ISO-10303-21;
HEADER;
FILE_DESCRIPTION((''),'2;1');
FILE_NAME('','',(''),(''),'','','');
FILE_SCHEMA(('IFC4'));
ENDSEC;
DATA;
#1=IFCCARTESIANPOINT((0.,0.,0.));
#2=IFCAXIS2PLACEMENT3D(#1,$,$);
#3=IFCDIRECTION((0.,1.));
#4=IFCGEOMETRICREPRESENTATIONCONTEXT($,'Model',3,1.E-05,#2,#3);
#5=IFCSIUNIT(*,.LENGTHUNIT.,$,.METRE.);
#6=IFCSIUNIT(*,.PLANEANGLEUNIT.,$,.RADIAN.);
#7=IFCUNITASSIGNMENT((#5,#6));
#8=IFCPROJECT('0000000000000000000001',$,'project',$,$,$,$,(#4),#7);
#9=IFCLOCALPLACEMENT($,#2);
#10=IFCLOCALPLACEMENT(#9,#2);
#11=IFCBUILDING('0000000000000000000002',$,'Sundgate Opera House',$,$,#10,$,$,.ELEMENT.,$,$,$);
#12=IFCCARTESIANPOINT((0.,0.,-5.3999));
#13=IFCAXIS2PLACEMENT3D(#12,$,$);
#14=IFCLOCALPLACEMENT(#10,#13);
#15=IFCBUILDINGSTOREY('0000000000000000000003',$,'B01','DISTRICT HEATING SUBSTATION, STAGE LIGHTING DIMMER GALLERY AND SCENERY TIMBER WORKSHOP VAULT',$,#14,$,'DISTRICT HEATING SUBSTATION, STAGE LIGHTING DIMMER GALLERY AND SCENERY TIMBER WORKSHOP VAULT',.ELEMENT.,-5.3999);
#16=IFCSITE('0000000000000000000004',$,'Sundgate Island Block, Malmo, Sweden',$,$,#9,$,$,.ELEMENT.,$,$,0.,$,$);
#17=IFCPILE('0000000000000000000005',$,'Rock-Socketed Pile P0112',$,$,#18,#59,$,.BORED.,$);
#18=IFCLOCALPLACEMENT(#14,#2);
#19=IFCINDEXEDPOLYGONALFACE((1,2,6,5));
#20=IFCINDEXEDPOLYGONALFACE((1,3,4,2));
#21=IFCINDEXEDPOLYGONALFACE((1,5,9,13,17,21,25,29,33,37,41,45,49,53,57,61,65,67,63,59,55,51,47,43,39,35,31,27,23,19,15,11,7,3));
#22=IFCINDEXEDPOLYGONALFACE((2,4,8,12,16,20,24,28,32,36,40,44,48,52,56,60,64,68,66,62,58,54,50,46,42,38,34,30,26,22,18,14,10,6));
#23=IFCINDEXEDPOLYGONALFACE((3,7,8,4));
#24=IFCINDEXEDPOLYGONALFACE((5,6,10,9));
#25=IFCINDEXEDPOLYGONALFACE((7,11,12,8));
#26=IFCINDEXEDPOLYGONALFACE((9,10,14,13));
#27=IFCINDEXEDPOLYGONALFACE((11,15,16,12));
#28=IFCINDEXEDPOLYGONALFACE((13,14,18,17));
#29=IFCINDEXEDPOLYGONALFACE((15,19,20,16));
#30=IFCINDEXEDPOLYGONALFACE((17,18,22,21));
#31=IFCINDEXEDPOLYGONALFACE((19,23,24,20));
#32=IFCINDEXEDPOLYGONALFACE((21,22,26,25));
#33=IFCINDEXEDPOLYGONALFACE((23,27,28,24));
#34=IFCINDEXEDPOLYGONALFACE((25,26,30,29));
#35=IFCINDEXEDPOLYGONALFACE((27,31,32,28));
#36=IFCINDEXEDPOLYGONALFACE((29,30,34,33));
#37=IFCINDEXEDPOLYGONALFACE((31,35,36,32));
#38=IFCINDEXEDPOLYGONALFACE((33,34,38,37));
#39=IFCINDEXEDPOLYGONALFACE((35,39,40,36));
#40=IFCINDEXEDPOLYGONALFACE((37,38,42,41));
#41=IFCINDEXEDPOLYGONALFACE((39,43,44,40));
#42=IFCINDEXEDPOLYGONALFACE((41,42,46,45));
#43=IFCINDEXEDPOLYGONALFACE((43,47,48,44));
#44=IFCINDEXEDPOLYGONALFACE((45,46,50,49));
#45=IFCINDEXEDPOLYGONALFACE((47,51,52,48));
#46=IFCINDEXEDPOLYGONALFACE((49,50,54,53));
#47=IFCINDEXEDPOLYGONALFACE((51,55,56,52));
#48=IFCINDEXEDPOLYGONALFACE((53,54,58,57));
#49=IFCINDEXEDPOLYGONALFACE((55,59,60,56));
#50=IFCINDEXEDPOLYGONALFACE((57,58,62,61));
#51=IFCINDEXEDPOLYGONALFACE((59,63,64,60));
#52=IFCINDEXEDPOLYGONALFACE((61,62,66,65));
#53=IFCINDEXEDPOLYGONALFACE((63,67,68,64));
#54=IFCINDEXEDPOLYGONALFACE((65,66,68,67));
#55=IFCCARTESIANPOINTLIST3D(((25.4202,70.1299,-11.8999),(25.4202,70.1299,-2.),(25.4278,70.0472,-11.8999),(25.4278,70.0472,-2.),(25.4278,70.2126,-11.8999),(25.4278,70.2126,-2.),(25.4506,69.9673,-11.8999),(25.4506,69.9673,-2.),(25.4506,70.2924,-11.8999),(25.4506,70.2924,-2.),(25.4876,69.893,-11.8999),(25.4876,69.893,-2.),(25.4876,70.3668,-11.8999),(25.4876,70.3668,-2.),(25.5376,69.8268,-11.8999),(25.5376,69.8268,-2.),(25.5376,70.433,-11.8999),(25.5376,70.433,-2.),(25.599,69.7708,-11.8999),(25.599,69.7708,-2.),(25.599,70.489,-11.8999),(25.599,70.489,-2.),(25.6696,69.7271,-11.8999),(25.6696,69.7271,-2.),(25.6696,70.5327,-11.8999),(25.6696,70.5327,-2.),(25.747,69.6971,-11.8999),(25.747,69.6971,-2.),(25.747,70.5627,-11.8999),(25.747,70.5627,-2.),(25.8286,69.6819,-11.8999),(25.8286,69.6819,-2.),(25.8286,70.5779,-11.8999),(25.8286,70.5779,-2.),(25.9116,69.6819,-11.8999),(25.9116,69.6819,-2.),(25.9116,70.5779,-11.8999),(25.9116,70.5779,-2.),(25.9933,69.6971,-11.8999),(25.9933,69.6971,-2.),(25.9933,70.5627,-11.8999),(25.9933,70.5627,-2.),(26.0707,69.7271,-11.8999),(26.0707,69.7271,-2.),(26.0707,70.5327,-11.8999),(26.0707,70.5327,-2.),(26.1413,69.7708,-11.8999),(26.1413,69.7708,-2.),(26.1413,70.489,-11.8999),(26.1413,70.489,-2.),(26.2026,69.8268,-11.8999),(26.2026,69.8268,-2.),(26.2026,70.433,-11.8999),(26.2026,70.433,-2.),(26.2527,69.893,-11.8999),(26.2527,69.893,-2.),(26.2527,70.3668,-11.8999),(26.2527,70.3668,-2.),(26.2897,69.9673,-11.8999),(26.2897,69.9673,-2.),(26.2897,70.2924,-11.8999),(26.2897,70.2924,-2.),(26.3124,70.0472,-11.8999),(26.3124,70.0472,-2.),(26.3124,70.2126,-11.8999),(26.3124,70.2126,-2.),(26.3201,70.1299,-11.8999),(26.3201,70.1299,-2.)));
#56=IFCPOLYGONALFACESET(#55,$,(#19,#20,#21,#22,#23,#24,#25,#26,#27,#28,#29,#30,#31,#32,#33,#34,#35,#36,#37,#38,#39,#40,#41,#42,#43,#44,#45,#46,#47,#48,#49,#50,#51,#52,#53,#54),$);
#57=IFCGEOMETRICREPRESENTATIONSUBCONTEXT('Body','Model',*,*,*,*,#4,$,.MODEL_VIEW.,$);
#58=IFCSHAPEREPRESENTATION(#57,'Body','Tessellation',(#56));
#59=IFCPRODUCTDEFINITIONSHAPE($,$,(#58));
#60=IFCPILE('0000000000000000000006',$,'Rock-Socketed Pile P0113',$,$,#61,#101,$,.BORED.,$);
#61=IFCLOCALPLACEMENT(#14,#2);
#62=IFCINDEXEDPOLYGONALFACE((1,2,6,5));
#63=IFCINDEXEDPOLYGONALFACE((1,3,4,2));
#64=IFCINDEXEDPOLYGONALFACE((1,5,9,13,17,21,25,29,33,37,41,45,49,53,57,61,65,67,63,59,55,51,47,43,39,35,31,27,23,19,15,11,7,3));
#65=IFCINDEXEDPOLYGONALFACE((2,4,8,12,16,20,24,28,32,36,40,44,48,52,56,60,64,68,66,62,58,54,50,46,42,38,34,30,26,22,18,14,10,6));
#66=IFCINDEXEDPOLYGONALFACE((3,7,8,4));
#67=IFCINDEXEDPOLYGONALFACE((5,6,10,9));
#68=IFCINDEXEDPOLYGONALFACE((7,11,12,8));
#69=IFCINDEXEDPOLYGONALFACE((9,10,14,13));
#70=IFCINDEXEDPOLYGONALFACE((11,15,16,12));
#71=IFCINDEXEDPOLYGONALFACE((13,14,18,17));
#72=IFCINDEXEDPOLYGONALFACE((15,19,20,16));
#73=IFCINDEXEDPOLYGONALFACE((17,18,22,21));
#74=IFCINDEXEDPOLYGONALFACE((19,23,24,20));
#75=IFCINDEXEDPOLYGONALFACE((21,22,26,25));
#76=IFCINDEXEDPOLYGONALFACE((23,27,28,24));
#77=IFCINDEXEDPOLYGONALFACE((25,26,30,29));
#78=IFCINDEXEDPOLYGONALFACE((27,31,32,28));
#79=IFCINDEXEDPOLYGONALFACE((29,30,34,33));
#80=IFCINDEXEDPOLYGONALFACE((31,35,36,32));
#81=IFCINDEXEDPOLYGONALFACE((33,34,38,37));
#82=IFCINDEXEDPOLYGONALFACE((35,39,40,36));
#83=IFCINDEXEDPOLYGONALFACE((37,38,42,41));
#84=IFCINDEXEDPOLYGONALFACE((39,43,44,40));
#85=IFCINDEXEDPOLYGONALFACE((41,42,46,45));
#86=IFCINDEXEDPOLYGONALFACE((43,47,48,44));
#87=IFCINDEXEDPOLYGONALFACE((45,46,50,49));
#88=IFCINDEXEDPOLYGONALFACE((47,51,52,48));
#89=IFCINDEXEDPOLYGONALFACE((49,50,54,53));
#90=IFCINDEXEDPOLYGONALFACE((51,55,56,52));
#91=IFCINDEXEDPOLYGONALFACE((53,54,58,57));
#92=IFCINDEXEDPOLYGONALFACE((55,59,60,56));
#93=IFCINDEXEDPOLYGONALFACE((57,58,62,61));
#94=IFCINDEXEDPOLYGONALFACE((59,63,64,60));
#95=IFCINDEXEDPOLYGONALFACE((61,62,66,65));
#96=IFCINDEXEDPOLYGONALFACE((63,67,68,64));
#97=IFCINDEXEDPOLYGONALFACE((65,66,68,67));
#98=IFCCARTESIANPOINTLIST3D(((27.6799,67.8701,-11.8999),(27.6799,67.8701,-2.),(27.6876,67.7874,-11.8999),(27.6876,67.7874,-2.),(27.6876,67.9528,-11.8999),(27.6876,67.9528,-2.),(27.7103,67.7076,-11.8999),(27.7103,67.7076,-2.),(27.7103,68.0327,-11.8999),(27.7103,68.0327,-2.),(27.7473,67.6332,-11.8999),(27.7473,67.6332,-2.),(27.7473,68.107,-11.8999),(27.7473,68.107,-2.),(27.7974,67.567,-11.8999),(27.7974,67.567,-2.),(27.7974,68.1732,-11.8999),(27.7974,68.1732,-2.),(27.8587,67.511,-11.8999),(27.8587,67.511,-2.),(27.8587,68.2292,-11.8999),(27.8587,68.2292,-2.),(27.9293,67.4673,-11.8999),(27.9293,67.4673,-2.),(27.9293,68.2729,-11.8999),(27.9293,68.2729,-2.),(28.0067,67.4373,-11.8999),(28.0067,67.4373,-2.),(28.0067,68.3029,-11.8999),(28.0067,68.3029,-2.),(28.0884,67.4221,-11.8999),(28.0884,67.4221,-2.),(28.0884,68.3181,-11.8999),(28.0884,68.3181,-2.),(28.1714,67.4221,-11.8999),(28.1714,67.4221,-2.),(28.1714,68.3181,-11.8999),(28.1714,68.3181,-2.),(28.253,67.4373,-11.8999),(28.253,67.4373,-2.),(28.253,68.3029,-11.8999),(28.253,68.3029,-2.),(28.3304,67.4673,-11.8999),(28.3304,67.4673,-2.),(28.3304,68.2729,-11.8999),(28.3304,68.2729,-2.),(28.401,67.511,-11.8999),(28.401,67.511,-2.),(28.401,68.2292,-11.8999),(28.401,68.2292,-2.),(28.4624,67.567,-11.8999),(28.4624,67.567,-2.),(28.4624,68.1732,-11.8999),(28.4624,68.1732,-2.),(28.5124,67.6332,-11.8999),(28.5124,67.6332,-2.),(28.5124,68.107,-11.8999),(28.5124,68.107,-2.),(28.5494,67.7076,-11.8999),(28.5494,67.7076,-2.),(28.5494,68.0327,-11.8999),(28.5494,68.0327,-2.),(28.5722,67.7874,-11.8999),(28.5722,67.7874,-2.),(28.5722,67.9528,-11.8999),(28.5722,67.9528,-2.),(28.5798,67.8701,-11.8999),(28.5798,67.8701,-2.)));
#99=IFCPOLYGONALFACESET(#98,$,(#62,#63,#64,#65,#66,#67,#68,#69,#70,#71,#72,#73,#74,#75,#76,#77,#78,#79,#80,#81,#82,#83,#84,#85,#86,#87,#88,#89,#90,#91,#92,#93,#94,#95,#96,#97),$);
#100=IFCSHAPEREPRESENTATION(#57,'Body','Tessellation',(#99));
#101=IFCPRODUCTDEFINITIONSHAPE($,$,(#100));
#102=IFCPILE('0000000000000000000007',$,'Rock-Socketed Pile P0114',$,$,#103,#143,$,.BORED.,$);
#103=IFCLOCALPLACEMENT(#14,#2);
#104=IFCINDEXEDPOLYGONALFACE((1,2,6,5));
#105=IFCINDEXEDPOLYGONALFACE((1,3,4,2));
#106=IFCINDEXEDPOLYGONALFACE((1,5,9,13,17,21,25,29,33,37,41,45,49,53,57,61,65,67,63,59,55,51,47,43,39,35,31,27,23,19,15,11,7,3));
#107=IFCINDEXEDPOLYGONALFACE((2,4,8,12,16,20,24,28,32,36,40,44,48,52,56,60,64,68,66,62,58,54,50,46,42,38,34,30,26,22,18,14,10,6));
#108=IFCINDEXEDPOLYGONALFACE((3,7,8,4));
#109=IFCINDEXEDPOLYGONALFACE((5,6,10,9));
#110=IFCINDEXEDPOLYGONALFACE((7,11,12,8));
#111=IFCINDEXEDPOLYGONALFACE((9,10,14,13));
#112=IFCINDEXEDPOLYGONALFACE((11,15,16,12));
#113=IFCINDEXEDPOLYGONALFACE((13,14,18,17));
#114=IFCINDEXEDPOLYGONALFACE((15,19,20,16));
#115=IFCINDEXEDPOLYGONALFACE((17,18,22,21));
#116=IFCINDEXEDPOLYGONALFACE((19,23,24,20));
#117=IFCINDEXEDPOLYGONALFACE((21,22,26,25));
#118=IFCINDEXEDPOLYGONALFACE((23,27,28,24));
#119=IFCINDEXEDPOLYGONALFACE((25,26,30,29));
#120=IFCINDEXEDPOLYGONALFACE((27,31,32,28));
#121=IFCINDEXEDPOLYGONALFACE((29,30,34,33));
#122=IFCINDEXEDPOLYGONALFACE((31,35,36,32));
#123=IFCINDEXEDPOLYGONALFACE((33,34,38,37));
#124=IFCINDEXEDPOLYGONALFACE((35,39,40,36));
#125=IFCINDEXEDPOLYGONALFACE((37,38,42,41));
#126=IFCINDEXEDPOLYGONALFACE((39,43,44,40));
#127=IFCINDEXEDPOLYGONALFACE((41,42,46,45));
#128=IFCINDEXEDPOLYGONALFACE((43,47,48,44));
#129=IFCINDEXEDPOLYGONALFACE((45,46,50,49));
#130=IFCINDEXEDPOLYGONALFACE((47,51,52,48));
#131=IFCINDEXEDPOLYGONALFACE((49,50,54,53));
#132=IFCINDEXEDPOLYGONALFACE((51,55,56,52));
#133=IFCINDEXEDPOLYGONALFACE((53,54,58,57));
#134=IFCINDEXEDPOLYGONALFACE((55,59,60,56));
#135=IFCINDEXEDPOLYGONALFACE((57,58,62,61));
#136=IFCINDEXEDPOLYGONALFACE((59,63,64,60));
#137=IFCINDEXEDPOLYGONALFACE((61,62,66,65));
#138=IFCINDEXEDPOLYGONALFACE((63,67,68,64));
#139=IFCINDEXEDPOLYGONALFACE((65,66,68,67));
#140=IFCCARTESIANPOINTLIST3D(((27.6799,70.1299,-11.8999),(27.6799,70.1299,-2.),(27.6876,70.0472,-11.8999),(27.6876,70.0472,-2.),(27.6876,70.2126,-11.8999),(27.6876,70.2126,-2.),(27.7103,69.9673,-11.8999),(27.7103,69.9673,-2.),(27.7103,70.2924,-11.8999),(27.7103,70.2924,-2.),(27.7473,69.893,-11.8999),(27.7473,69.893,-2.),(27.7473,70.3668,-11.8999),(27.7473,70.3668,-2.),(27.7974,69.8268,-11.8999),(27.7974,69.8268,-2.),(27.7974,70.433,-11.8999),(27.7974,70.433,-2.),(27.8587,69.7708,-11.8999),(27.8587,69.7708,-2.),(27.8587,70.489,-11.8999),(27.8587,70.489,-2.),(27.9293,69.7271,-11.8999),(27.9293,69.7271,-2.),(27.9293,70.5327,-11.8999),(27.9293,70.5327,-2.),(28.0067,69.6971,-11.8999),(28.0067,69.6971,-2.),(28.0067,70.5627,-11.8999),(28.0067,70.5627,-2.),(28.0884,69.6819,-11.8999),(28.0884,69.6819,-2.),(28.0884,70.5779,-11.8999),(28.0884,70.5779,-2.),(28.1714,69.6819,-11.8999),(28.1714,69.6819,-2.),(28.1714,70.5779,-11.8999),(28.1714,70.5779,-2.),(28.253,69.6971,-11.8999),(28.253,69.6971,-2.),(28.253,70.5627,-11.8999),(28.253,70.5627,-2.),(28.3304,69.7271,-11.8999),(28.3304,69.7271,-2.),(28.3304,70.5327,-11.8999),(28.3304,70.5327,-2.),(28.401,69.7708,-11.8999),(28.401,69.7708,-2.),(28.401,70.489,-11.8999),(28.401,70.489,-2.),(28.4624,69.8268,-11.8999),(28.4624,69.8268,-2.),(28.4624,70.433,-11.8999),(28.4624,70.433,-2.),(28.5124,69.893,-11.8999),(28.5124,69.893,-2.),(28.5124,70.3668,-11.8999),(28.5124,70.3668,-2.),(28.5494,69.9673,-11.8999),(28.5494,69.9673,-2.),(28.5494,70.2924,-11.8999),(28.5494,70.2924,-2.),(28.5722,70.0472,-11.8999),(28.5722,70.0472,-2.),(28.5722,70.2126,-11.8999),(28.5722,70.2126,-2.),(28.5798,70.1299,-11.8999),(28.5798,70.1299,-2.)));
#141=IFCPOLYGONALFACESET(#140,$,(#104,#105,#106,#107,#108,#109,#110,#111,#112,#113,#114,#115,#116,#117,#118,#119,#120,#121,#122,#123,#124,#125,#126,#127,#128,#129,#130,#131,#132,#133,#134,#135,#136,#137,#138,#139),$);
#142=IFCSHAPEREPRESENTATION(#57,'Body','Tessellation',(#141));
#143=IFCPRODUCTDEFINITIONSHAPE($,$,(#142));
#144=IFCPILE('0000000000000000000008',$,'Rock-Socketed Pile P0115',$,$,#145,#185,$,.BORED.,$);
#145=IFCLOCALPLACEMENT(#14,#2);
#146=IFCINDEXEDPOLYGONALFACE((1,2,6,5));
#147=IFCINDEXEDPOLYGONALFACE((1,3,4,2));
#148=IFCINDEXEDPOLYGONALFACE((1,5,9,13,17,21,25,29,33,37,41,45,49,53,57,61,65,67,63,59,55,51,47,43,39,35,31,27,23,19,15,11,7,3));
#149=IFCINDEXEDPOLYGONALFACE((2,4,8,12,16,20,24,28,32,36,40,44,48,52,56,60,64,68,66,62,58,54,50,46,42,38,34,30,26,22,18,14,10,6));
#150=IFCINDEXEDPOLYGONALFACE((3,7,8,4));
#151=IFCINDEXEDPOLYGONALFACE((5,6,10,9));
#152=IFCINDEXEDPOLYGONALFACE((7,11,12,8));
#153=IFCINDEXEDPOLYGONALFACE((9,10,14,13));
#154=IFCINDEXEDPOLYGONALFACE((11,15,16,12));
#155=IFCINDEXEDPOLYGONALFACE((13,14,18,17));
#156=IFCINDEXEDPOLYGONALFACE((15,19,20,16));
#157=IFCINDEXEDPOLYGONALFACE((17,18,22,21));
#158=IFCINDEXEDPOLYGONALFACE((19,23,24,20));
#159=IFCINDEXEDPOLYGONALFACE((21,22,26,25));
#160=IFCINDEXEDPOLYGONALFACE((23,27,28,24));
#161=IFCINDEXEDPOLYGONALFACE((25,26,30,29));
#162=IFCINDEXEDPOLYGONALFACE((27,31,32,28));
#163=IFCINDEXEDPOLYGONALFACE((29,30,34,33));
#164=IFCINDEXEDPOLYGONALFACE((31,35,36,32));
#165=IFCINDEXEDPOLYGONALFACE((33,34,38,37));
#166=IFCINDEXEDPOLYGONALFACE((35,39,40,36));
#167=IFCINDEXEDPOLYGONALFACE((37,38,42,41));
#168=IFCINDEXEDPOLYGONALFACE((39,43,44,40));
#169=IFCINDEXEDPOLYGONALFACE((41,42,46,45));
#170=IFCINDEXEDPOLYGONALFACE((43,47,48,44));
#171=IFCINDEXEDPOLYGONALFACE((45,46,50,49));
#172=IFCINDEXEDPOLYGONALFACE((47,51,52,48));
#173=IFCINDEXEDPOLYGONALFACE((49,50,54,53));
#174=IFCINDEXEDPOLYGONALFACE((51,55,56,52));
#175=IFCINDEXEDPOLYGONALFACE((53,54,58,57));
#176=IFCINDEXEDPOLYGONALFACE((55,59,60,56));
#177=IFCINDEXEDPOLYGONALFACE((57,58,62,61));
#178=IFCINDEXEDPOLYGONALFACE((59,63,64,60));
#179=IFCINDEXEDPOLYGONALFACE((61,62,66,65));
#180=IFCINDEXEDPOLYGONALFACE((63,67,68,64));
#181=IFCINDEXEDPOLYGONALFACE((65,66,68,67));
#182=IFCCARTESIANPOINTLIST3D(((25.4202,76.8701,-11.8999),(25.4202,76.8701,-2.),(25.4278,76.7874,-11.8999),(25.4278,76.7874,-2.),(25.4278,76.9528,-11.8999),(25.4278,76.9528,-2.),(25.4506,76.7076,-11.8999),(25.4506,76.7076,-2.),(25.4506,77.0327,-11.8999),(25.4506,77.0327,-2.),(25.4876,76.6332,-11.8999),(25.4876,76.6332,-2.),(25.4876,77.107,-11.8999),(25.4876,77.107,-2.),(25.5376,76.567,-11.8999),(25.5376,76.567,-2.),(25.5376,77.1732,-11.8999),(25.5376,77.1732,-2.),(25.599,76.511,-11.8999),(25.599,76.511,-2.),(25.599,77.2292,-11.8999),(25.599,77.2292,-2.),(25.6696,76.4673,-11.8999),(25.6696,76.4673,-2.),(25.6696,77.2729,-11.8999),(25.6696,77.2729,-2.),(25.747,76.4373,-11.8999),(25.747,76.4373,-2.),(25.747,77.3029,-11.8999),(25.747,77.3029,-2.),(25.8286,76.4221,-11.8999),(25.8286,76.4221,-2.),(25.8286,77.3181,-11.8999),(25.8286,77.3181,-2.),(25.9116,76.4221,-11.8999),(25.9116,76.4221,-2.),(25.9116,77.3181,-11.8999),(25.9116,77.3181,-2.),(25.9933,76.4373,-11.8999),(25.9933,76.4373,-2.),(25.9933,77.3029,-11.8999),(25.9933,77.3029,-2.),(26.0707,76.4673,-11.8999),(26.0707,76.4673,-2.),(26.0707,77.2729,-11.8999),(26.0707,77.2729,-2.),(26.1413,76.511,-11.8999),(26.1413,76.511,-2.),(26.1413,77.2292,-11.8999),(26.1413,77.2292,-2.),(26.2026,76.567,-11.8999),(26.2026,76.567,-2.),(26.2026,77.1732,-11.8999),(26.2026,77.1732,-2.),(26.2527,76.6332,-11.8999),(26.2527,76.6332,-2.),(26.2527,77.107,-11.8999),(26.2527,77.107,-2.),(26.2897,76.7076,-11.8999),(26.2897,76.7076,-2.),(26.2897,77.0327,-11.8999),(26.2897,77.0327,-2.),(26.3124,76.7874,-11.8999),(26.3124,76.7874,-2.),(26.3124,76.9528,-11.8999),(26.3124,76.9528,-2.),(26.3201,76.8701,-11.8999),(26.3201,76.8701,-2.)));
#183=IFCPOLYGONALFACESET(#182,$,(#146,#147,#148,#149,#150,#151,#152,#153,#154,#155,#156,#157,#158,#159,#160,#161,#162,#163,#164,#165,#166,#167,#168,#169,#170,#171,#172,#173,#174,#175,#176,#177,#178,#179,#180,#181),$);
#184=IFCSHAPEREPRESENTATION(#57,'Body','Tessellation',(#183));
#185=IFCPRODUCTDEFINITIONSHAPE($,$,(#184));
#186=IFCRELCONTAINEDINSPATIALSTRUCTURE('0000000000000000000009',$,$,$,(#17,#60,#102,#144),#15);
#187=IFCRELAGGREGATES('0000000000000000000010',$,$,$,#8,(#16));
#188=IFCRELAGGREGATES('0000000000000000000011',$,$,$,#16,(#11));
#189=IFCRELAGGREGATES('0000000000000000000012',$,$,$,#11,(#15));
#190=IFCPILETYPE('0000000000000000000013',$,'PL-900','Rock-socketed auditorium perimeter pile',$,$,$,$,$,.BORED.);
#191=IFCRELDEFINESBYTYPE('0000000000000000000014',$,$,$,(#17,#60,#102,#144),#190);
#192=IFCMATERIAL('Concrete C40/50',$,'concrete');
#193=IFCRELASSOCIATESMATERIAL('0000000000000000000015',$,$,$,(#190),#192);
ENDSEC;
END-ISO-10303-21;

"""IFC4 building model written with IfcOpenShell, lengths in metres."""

from ifc_helpers import new_model, si_unit, direction, frame, origin, origin_2d, place, context, subcontext, project, spatial, circle, extrude, material, material_profile, profile_set, type_object, element, save


model = new_model("IFC4")

# Units and contexts
model_context = context("Model", 3, precision=1e-05, world=origin(), true_north=direction((0.0, 1.0)))
body_context = subcontext(model_context, "Body", "Model", "MODEL_VIEW")
ifc_project = project(units=[si_unit("LENGTHUNIT", "METRE"), si_unit("PLANEANGLEUNIT", "RADIAN")], contexts=[model_context])

# Site, building, storey
site_placement = place(None, origin())
site = spatial("IfcSite", under=ifc_project, at=site_placement, Name="Sundgate Island Block, Malmo, Sweden", CompositionType="ELEMENT", RefElevation=0.0)
building_placement = place(site_placement, origin())
building = spatial("IfcBuilding", under=site, at=building_placement, Name="Sundgate Opera House", CompositionType="ELEMENT")
storey_placement = place(building_placement, frame((0.0, 0.0, -5.3999)))
storey = spatial("IfcBuildingStorey", under=building, at=storey_placement, Name="B01", Description="DISTRICT HEATING SUBSTATION, STAGE LIGHTING DIMMER GALLERY AND SCENERY TIMBER WORKSHOP VAULT", LongName="DISTRICT HEATING SUBSTATION, STAGE LIGHTING DIMMER GALLERY AND SCENERY TIMBER WORKSHOP VAULT", CompositionType="ELEMENT", Elevation=-5.3999)

# Piles
ifc_material_1 = material(Name="Concrete C40/50", Category="concrete")
ifc_material_profile_1 = material_profile(ifc_material_1, circle(Radius=0.45, at=origin_2d()), Name="PILE D900")
ifc_profile_set_1 = profile_set([ifc_material_profile_1], Name="Concrete C40/50")
pile_type_1 = type_object("IfcPileType", Name="PL-900", Description="Rock-socketed auditorium perimeter pile", PredefinedType="BORED", material=ifc_profile_set_1)
for number, where, z_axis, x_axis, name in (
    (1, (25.8701, 70.1299, -2.0), (0.0, 0.0, -1.0), (1.0, 0.0, 0.0), "Rock-Socketed Pile P0112"),
    (2, (28.1299, 67.8701, -2.0), (0.0, 0.0, -1.0), (1.0, 0.0, 0.0), "Rock-Socketed Pile P0113"),
    (3, (28.1299, 70.1299, -2.0), (0.0, 0.0, -1.0), (1.0, 0.0, 0.0), "Rock-Socketed Pile P0114"),
    (4, (25.8701, 76.8701, -2.0), (0.0, 0.0, -1.0), (1.0, 0.0, 0.0), "Rock-Socketed Pile P0115"),
):
    element("IfcPile", number, at=place(storey_placement, frame(where, z_axis=z_axis, x_axis=x_axis)), inside=storey, type_object=pile_type_1, Name=name, PredefinedType="BORED", context=body_context, shape_type="SweptSolid", body=[
        extrude(circle(Radius=0.45, at=origin_2d()), origin(), (0.0, 0.0, 1.0), 9.8999),
    ])

save(model, "model.ifc")
